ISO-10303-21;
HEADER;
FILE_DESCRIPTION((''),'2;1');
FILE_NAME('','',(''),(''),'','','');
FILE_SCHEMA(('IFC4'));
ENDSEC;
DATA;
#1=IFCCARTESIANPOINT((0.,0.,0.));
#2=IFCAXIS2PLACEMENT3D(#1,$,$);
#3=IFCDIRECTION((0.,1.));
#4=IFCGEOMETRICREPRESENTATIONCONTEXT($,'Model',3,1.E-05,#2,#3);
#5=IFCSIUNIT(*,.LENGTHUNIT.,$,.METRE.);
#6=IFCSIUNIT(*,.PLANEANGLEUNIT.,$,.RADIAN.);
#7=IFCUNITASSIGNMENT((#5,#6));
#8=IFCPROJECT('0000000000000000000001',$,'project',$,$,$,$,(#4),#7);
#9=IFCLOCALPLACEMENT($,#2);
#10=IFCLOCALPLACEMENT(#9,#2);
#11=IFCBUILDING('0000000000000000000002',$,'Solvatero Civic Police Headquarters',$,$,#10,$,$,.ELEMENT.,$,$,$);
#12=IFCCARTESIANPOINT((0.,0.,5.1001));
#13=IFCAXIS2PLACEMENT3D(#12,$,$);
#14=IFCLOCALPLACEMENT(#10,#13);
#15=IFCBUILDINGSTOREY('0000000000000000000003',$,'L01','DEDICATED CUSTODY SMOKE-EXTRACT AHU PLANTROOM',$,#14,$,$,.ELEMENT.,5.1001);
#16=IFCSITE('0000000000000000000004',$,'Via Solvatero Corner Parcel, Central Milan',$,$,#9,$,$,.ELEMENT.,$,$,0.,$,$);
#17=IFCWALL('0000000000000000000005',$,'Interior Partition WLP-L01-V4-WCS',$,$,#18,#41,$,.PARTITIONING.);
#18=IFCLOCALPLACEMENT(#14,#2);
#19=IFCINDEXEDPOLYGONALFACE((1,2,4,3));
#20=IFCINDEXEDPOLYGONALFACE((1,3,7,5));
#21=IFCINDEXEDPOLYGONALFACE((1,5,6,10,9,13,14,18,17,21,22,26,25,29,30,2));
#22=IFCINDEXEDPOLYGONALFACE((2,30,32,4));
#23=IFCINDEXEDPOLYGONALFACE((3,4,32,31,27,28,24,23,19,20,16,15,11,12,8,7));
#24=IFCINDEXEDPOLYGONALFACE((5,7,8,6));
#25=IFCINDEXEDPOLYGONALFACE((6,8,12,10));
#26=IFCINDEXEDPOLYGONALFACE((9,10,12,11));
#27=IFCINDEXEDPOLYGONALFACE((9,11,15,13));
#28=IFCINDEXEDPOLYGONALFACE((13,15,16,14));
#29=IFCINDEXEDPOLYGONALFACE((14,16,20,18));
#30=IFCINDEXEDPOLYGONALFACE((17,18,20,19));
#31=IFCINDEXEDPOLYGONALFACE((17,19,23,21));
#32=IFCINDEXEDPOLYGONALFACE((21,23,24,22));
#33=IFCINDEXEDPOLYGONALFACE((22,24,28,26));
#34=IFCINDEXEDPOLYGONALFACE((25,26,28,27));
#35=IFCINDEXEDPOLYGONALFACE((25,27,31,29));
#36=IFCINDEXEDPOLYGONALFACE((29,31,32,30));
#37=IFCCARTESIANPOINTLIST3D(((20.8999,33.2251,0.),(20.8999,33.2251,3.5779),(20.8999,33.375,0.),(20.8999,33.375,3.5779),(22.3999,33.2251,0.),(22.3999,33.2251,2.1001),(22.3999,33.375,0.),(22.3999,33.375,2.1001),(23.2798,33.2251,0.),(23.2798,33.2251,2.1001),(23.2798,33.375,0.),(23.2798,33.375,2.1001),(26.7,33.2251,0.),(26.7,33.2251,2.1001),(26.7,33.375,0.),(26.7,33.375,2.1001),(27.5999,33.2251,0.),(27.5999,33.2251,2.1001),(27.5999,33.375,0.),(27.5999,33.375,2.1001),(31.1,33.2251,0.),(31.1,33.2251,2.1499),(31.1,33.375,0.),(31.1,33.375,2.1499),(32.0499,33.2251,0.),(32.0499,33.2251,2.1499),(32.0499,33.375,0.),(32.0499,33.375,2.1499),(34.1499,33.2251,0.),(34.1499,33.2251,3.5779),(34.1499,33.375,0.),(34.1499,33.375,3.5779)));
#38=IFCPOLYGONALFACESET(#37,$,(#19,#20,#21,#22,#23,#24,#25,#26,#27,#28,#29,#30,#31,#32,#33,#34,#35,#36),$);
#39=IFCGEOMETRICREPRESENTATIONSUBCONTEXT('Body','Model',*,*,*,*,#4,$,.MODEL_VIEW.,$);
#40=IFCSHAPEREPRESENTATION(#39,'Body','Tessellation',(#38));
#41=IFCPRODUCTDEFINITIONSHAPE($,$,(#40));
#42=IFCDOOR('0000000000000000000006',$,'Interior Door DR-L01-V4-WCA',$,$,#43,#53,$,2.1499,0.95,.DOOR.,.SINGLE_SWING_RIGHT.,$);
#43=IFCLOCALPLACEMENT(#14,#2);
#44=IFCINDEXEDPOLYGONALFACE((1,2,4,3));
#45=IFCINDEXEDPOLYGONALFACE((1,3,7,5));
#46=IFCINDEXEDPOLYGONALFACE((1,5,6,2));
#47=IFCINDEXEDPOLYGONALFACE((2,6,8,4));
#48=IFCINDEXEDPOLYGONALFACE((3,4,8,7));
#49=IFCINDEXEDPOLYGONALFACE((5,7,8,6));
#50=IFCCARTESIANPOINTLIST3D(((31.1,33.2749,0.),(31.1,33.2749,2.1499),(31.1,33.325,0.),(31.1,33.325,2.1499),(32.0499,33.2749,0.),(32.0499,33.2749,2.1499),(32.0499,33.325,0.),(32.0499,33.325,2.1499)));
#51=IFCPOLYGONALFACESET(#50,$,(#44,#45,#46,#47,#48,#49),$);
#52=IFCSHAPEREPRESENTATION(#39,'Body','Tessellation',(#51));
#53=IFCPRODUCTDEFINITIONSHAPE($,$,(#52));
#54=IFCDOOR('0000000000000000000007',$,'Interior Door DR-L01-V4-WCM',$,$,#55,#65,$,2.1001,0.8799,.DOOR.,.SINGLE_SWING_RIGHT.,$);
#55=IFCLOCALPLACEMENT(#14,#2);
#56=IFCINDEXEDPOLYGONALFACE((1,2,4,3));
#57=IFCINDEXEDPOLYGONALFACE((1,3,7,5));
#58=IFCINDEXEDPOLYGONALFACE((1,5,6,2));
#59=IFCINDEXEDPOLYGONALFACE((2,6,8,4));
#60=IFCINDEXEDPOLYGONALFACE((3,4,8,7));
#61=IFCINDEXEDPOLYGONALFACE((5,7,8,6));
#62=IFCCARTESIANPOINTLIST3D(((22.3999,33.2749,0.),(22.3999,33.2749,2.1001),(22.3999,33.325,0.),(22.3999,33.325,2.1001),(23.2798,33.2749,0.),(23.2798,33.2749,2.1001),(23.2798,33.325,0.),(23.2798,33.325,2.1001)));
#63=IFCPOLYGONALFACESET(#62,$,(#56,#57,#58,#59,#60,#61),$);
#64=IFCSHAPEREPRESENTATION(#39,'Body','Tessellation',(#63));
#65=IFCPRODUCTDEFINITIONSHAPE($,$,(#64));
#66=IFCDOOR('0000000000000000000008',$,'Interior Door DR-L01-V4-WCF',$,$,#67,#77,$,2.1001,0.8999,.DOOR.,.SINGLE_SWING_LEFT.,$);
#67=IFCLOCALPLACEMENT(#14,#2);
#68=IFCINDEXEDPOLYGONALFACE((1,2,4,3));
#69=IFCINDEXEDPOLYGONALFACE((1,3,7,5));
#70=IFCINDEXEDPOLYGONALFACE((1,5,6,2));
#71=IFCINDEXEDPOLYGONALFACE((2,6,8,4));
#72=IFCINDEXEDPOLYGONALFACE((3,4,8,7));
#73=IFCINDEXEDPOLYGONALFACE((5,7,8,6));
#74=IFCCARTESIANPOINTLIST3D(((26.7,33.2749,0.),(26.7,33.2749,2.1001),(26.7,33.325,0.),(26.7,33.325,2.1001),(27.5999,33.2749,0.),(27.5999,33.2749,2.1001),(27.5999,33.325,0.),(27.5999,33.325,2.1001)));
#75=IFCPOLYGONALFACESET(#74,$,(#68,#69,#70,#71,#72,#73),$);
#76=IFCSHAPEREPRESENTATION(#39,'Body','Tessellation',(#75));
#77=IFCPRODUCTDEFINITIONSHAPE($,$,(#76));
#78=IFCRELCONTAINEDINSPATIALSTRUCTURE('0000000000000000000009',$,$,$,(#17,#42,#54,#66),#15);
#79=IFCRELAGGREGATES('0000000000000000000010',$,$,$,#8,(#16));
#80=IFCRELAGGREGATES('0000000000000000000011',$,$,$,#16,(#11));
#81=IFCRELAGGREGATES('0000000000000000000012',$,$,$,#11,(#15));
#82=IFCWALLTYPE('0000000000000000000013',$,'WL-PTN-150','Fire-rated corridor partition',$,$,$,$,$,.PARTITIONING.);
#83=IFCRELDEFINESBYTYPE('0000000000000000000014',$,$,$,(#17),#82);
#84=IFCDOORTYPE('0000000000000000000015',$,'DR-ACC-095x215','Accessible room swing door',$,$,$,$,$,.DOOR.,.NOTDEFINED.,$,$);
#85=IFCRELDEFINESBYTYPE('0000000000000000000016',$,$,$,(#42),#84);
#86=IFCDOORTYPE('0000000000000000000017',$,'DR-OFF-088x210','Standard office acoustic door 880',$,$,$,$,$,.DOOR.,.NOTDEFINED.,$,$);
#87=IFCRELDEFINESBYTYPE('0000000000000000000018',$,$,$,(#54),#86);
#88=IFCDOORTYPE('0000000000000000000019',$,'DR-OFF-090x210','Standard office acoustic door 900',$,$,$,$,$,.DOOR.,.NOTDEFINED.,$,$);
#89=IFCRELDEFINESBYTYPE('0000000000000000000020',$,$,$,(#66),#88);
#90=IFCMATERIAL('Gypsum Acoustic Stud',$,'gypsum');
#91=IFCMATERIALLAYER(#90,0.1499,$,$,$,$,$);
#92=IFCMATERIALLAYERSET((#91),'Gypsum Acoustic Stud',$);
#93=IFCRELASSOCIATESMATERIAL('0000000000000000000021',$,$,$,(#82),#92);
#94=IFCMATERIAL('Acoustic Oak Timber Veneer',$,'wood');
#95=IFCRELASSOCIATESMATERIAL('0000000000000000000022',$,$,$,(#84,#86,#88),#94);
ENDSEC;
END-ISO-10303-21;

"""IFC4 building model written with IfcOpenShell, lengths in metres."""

from ifc_helpers import new_model, si_unit, direction, frame, frame_2d, origin, place, context, subcontext, project, spatial, rectangle, extrude, material, layer, layer_set, type_object, element, fill, save


model = new_model("IFC4")

# Units and contexts
model_context = context("Model", 3, precision=1e-05, world=origin(), true_north=direction((0.0, 1.0)))
body_context = subcontext(model_context, "Body", "Model", "MODEL_VIEW")
ifc_project = project(units=[si_unit("LENGTHUNIT", "METRE"), si_unit("PLANEANGLEUNIT", "RADIAN")], contexts=[model_context])

# Site, building, storey
site_placement = place(None, origin())
site = spatial("IfcSite", under=ifc_project, at=site_placement, Name="Via Solvatero Corner Parcel, Central Milan", CompositionType="ELEMENT", RefElevation=0.0)
building_placement = place(site_placement, origin())
building = spatial("IfcBuilding", under=site, at=building_placement, Name="Solvatero Civic Police Headquarters", CompositionType="ELEMENT")
storey_placement = place(building_placement, frame((0.0, 0.0, 5.1001)))
storey = spatial("IfcBuildingStorey", under=building, at=storey_placement, Name="L01", Description="DEDICATED CUSTODY SMOKE-EXTRACT AHU PLANTROOM", CompositionType="ELEMENT", Elevation=5.1001)

# Shared definitions
ifc_material_1 = material(Name="Gypsum Acoustic Stud", Category="gypsum")

# Wall, openings, doors
ifc_layer_1 = layer(ifc_material_1, 0.1499)
ifc_layer_set_1 = layer_set([ifc_layer_1], Name="Gypsum Acoustic Stud")
wall_type_1 = type_object("IfcWallType", Name="WL-PTN-150", Description="Fire-rated corridor partition", PredefinedType="PARTITIONING", material=ifc_layer_set_1)
wall_1_placement = place(storey_placement, frame((20.8999, 33.3, 0.0), z_axis=(0.0, 0.0, 1.0), x_axis=(1.0, 0.0, 0.0)))
wall_1 = element("IfcWall", 1, at=wall_1_placement, inside=storey, type_object=wall_type_1, Name="Interior Partition WLP-L01-V4-WCS", PredefinedType="PARTITIONING", context=body_context, shape_type="SweptSolid", body=[
    extrude(rectangle(XDim=13.25, YDim=0.1499, at=frame_2d((6.625, 0.0))), origin(), (0.0, 0.0, 1.0), 3.5779),
])
opening_1_placement = place(wall_1_placement, frame((1.5, 0.0, 0.0)))
opening_1 = element("IfcOpeningElement", 2, at=opening_1_placement, cuts=wall_1, PredefinedType="OPENING", context=body_context, shape_type="SweptSolid", body=[
    extrude(rectangle(XDim=0.8799, YDim=2.1001, at=frame_2d((0.4399, 1.05))), frame((0.0, 0.085, 0.0), z_axis=(0.0, -1.0, 0.0), x_axis=(1.0, 0.0, 0.0)), (0.0, 0.0, 1.0), 0.1699),
])
opening_2_placement = place(wall_1_placement, frame((5.8, 0.0, 0.0)))
opening_2 = element("IfcOpeningElement", 3, at=opening_2_placement, cuts=wall_1, PredefinedType="OPENING", context=body_context, shape_type="SweptSolid", body=[
    extrude(rectangle(XDim=0.8999, YDim=2.1001, at=frame_2d((0.45, 1.05))), frame((0.0, 0.085, 0.0), z_axis=(0.0, -1.0, 0.0), x_axis=(1.0, 0.0, 0.0)), (0.0, 0.0, 1.0), 0.1699),
])
opening_3_placement = place(wall_1_placement, frame((10.2, 0.0, 0.0)))
opening_3 = element("IfcOpeningElement", 4, at=opening_3_placement, cuts=wall_1, PredefinedType="OPENING", context=body_context, shape_type="SweptSolid", body=[
    extrude(rectangle(XDim=0.95, YDim=2.1499, at=frame_2d((0.4751, 1.075))), frame((0.0, 0.085, 0.0), z_axis=(0.0, -1.0, 0.0), x_axis=(1.0, 0.0, 0.0)), (0.0, 0.0, 1.0), 0.1699),
])
ifc_material_2 = material(Name="Acoustic Oak Timber Veneer", Category="wood")
door_type_1 = type_object("IfcDoorType", Name="DR-ACC-095x215", Description="Accessible room swing door", OperationType="NOTDEFINED", PredefinedType="DOOR", material=ifc_material_2)
door_1_placement = place(opening_3_placement, origin())
door_1 = element("IfcDoor", 5, at=door_1_placement, inside=storey, type_object=door_type_1, Name="Interior Door DR-L01-V4-WCA", OperationType="SINGLE_SWING_RIGHT", OverallHeight=2.1499, OverallWidth=0.95, PredefinedType="DOOR", context=body_context, shape_type="SweptSolid", body=[
    extrude(rectangle(XDim=0.95, YDim=2.1499, at=frame_2d((0.4751, 1.075))), frame((0.0, 0.0249, 0.0), z_axis=(0.0, -1.0, 0.0), x_axis=(1.0, 0.0, 0.0)), (0.0, 0.0, 1.0), 0.05),
])
fill(opening_3, door_1)
door_type_2 = type_object("IfcDoorType", Name="DR-OFF-088x210", Description="Standard office acoustic door 880", OperationType="NOTDEFINED", PredefinedType="DOOR", material=ifc_material_2)
door_2_placement = place(opening_1_placement, origin())
door_2 = element("IfcDoor", 6, at=door_2_placement, inside=storey, type_object=door_type_2, Name="Interior Door DR-L01-V4-WCM", OperationType="SINGLE_SWING_RIGHT", OverallHeight=2.1001, OverallWidth=0.8799, PredefinedType="DOOR", context=body_context, shape_type="SweptSolid", body=[
    extrude(rectangle(XDim=0.8799, YDim=2.1001, at=frame_2d((0.4399, 1.05))), frame((0.0, 0.0249, 0.0), z_axis=(0.0, -1.0, 0.0), x_axis=(1.0, 0.0, 0.0)), (0.0, 0.0, 1.0), 0.05),
])
fill(opening_1, door_2)
door_type_3 = type_object("IfcDoorType", Name="DR-OFF-090x210", Description="Standard office acoustic door 900", OperationType="NOTDEFINED", PredefinedType="DOOR", material=ifc_material_2)
door_3_placement = place(opening_2_placement, origin())
door_3 = element("IfcDoor", 7, at=door_3_placement, inside=storey, type_object=door_type_3, Name="Interior Door DR-L01-V4-WCF", OperationType="SINGLE_SWING_LEFT", OverallHeight=2.1001, OverallWidth=0.8999, PredefinedType="DOOR", context=body_context, shape_type="SweptSolid", body=[
    extrude(rectangle(XDim=0.8999, YDim=2.1001, at=frame_2d((0.45, 1.05))), frame((0.0, 0.0249, 0.0), z_axis=(0.0, -1.0, 0.0), x_axis=(1.0, 0.0, 0.0)), (0.0, 0.0, 1.0), 0.05),
])
fill(opening_2, door_3)

save(model, "model.ifc")
